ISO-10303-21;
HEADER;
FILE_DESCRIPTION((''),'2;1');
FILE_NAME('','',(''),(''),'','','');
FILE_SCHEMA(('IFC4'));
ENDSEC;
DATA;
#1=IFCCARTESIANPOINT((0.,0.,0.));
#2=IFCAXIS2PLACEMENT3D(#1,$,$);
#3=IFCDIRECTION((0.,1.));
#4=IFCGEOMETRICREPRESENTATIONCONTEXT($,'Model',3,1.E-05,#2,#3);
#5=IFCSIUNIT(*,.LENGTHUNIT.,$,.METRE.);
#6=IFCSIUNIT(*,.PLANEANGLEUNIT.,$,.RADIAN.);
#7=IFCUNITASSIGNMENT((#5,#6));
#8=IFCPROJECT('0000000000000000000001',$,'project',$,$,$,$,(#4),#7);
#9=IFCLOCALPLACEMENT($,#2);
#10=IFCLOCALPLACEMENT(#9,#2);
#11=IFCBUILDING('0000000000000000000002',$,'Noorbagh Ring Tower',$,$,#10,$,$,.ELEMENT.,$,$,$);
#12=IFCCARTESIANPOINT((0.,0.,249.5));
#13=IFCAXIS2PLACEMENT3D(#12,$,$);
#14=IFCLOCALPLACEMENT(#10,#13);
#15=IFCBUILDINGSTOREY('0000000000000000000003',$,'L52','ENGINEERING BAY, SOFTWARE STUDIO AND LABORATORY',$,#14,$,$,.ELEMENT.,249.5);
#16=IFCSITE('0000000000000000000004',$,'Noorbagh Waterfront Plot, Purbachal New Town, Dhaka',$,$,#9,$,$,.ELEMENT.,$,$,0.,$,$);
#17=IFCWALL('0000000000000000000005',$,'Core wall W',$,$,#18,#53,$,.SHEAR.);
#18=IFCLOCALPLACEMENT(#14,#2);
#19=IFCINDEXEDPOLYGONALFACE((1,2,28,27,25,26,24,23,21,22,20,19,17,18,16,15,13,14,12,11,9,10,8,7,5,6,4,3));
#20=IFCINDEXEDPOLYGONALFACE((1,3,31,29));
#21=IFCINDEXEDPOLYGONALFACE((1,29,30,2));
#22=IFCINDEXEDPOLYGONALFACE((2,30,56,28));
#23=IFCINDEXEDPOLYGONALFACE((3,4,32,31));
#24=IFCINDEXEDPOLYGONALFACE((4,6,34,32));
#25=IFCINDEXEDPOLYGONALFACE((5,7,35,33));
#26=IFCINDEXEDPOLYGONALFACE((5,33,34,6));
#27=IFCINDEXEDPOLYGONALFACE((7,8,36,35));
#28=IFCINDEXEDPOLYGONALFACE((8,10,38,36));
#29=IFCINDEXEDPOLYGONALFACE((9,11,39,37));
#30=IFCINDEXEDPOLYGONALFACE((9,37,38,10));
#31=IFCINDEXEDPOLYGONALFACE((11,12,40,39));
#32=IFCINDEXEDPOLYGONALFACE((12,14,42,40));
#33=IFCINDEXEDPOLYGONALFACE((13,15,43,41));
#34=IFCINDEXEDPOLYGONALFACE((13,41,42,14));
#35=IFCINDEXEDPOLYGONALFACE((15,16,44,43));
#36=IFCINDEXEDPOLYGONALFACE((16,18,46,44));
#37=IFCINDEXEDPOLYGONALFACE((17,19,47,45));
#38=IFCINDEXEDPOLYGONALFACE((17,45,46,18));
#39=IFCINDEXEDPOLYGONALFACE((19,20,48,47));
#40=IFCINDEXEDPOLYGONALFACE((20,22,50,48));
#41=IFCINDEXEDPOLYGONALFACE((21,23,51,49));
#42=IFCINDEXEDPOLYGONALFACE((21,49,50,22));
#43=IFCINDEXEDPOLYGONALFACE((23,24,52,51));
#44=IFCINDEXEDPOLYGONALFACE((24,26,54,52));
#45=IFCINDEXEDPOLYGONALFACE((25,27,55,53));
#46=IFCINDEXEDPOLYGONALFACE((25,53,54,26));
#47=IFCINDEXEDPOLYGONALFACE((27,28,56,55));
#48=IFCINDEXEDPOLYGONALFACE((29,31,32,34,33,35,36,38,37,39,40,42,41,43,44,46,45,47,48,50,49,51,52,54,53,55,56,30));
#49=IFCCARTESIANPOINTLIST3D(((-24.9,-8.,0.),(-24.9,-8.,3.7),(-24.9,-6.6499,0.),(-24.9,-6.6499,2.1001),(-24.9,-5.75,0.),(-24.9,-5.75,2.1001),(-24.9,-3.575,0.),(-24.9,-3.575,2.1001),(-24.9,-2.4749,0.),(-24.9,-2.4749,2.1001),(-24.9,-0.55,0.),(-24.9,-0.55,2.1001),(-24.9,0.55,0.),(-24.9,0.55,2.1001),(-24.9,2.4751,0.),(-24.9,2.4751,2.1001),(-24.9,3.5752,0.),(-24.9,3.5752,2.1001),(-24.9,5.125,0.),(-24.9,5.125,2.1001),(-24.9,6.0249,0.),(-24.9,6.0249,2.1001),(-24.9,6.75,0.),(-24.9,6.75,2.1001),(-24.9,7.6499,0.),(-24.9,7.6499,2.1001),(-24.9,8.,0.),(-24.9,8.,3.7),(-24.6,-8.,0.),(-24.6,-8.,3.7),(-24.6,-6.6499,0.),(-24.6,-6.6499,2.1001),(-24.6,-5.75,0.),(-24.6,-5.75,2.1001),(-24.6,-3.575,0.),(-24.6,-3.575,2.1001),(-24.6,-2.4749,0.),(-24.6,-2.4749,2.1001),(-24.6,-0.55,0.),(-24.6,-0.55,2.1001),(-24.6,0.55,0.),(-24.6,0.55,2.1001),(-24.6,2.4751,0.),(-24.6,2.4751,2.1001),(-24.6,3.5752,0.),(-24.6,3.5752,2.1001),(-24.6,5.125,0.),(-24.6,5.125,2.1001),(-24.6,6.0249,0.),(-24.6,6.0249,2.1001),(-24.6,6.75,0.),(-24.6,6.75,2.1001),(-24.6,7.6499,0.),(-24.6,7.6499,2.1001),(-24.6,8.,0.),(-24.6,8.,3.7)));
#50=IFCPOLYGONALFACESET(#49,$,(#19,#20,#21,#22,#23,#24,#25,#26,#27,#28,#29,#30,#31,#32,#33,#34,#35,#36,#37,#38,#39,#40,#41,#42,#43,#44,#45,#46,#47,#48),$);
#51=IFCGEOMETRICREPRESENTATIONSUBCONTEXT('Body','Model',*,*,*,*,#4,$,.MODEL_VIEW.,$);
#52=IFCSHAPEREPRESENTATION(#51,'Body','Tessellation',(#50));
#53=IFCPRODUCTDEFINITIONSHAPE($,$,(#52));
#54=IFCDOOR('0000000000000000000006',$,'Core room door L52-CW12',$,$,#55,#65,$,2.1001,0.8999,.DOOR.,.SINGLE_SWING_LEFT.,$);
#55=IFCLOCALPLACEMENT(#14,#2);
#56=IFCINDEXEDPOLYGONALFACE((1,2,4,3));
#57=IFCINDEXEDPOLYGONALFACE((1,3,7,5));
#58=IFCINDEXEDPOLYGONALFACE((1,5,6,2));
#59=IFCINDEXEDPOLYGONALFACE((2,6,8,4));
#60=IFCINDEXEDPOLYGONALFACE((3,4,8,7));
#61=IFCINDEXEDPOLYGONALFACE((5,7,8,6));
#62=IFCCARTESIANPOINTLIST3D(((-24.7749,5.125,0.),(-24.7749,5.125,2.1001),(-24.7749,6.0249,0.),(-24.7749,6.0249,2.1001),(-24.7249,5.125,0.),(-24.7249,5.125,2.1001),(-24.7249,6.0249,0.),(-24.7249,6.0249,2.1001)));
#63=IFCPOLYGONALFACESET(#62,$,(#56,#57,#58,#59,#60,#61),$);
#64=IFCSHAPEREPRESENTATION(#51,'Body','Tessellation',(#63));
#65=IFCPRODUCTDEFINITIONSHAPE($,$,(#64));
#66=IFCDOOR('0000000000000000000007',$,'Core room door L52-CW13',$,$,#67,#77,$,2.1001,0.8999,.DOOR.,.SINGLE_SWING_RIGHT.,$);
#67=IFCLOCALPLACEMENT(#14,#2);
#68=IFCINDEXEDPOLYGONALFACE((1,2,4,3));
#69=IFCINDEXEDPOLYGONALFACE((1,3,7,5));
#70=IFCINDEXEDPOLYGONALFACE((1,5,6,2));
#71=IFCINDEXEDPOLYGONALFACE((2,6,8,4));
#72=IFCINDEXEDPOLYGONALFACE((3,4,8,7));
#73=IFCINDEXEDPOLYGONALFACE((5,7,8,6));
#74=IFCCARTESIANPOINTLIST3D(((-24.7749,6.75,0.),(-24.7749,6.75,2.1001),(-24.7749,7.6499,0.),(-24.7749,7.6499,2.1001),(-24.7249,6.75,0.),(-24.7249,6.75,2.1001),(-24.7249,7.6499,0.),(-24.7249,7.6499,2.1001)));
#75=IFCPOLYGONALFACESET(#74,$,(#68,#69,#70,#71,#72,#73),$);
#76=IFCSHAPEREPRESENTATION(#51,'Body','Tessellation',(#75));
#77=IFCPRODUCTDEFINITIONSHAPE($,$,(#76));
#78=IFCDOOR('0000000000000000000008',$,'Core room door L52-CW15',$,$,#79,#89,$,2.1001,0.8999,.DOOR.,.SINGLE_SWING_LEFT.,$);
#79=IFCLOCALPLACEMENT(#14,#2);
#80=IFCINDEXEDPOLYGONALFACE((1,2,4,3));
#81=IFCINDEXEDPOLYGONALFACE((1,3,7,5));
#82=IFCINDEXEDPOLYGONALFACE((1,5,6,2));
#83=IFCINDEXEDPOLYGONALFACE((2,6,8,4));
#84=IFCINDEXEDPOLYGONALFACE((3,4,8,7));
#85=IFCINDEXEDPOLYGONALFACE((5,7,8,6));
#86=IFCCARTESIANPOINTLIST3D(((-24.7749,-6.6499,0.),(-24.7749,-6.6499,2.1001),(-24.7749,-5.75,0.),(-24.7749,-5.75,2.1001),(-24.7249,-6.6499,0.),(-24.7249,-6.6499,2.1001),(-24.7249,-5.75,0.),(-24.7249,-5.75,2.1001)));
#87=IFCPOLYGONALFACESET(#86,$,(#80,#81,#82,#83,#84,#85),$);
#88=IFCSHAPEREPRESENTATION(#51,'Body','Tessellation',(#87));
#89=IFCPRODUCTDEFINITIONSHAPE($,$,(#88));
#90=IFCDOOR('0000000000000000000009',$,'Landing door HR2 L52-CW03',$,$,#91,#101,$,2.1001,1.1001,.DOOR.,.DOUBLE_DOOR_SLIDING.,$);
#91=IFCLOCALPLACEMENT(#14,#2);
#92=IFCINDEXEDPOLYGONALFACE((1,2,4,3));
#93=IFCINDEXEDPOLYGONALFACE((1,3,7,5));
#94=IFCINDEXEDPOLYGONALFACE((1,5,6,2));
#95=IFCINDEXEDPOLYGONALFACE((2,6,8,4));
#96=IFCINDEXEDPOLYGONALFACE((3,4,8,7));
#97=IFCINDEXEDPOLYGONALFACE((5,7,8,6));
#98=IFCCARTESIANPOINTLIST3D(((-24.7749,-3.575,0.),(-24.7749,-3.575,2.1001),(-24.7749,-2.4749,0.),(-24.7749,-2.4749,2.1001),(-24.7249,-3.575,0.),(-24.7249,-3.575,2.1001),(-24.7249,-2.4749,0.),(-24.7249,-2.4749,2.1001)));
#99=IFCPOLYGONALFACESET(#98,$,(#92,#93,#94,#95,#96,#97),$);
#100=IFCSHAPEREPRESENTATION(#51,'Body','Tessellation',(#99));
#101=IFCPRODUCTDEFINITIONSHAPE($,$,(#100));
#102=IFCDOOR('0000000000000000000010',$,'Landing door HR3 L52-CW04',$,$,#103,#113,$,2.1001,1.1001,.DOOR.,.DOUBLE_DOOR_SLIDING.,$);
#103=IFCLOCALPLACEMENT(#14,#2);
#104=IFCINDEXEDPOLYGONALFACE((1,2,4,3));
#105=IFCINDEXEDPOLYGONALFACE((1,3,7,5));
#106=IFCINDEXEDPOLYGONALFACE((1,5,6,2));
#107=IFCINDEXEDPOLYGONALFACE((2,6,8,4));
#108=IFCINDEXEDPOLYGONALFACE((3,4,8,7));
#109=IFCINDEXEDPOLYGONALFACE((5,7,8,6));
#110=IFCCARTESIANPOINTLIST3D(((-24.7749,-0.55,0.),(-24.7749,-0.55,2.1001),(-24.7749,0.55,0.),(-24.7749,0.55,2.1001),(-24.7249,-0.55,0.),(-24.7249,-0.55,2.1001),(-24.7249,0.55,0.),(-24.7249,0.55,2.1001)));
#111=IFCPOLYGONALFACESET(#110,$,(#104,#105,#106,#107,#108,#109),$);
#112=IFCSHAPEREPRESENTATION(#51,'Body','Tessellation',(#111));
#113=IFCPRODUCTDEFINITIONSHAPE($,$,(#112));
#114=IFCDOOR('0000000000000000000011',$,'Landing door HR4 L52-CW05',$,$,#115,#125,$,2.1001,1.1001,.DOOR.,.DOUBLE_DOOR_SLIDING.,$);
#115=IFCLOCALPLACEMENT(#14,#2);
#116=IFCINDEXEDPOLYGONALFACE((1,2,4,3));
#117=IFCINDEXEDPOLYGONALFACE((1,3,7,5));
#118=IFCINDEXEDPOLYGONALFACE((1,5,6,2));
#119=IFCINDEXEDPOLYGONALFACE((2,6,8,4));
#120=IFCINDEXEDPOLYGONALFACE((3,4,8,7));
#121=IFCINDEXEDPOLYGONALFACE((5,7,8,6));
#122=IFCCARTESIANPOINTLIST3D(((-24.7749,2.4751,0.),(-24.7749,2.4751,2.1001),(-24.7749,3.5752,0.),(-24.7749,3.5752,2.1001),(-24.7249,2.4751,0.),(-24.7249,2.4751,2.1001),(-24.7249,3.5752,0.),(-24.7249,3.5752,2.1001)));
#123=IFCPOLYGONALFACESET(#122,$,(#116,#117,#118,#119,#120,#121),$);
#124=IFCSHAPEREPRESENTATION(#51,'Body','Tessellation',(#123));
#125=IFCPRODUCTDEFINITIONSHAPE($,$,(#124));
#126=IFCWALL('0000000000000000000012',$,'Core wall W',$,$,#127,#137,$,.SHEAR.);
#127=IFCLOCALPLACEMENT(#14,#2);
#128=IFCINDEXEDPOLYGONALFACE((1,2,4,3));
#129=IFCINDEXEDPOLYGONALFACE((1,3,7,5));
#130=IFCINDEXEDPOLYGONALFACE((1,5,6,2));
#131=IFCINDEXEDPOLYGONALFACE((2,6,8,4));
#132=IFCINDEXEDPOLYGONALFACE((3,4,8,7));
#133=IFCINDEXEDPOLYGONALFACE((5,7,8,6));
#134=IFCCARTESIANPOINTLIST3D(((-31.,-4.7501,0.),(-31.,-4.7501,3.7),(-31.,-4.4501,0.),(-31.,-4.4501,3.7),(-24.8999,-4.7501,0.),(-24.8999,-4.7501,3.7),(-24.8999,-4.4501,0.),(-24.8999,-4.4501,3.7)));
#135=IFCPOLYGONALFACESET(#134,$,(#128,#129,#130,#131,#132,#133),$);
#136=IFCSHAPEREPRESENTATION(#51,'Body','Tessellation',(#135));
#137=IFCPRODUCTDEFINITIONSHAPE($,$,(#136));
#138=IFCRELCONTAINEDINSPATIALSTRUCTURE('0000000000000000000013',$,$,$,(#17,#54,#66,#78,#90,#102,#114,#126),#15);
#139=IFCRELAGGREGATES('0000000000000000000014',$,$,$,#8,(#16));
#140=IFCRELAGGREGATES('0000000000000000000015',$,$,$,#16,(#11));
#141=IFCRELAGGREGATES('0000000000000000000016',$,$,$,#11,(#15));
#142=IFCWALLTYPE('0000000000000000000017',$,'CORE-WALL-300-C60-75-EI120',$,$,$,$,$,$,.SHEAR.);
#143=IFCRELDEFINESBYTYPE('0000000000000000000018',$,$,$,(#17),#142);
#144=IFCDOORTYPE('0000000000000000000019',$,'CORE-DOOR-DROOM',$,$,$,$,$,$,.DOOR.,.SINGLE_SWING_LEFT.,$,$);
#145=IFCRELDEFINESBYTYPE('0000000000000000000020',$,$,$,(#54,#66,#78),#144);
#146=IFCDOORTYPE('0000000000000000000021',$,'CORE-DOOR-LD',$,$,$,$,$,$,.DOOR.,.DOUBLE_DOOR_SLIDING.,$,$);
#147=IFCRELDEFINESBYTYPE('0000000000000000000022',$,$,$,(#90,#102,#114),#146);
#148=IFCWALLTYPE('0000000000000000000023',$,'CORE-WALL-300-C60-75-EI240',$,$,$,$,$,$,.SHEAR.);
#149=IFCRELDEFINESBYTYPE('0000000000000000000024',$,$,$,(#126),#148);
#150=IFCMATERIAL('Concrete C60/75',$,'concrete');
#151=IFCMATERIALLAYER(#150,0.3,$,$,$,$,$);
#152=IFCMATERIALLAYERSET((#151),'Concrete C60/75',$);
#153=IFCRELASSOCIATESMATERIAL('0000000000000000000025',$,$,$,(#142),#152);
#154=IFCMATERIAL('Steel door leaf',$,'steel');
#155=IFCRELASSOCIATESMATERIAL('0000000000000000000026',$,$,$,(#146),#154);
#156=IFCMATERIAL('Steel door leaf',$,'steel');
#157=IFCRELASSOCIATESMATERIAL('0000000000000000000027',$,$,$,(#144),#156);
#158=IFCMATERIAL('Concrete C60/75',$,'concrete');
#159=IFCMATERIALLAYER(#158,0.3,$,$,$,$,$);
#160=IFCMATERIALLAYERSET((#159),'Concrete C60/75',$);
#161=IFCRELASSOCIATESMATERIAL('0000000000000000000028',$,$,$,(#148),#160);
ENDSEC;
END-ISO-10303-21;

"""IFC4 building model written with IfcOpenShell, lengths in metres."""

from ifc_helpers import new_model, si_unit, direction, frame, frame_2d, origin, place, context, subcontext, project, spatial, rectangle, extrude, material, layer, layer_set, type_object, element, fill, save


model = new_model("IFC4")

# Units and contexts
model_context = context("Model", 3, precision=1e-05, world=origin(), true_north=direction((0.0, 1.0)))
body_context = subcontext(model_context, "Body", "Model", "MODEL_VIEW")
ifc_project = project(units=[si_unit("LENGTHUNIT", "METRE"), si_unit("PLANEANGLEUNIT", "RADIAN")], contexts=[model_context])

# Site, building, storey
site_placement = place(None, origin())
site = spatial("IfcSite", under=ifc_project, at=site_placement, Name="Noorbagh Waterfront Plot, Purbachal New Town, Dhaka", CompositionType="ELEMENT", RefElevation=0.0)
building_placement = place(site_placement, origin())
building = spatial("IfcBuilding", under=site, at=building_placement, Name="Noorbagh Ring Tower", CompositionType="ELEMENT")
storey_placement = place(building_placement, frame((0.0, 0.0, 249.5)))
storey = spatial("IfcBuildingStorey", under=building, at=storey_placement, Name="L52", Description="ENGINEERING BAY, SOFTWARE STUDIO AND LABORATORY", CompositionType="ELEMENT", Elevation=249.5)

# Shared definitions
ifc_material_1 = material(Name="Concrete C60/75", Category="concrete")
ifc_layer_1 = layer(ifc_material_1, 0.3)
ifc_layer_set_1 = layer_set([ifc_layer_1], Name="Concrete C60/75")
wall_type_1 = type_object("IfcWallType", Name="CORE-WALL-300-C60-75-EI120", PredefinedType="SHEAR", material=ifc_layer_set_1)

# Wall, openings, doors
ifc_material_2 = material(Name="Steel door leaf", Category="steel")
door_type_1 = type_object("IfcDoorType", Name="CORE-DOOR-LD", OperationType="DOUBLE_DOOR_SLIDING", PredefinedType="DOOR", material=ifc_material_2)
wall_1_placement = place(storey_placement, frame((-24.75, -8.0, 0.0), z_axis=(0.0, 0.0, 1.0), x_axis=(0.0, 1.0, 0.0)))
wall_1 = element("IfcWall", 1, at=wall_1_placement, inside=storey, type_object=wall_type_1, Name="Core wall W", PredefinedType="SHEAR", context=body_context, shape_type="SweptSolid", body=[
    extrude(rectangle(XDim=16.0, YDim=0.3, at=frame_2d((8.0, 0.0))), origin(), (0.0, 0.0, 1.0), 3.7),
])
opening_1_placement = place(wall_1_placement, frame((4.425, 0.0, 0.0)))
opening_1 = element("IfcOpeningElement", 2, at=opening_1_placement, cuts=wall_1, PredefinedType="OPENING", context=body_context, shape_type="SweptSolid", body=[
    extrude(rectangle(XDim=1.1001, YDim=2.1001, at=frame_2d((0.55, 1.05))), frame((0.0, 0.1602, 0.0), z_axis=(0.0, -1.0, 0.0), x_axis=(1.0, 0.0, 0.0)), (0.0, 0.0, 1.0), 0.3201),
])
opening_2_placement = place(wall_1_placement, frame((7.45, 0.0, 0.0)))
opening_2 = element("IfcOpeningElement", 3, at=opening_2_placement, cuts=wall_1, PredefinedType="OPENING", context=body_context, shape_type="SweptSolid", body=[
    extrude(rectangle(XDim=1.1001, YDim=2.1001, at=frame_2d((0.55, 1.05))), frame((0.0, 0.1602, 0.0), z_axis=(0.0, -1.0, 0.0), x_axis=(1.0, 0.0, 0.0)), (0.0, 0.0, 1.0), 0.3201),
])
opening_3_placement = place(wall_1_placement, frame((10.4751, 0.0, 0.0)))
opening_3 = element("IfcOpeningElement", 4, at=opening_3_placement, cuts=wall_1, PredefinedType="OPENING", context=body_context, shape_type="SweptSolid", body=[
    extrude(rectangle(XDim=1.1001, YDim=2.1001, at=frame_2d((0.55, 1.05))), frame((0.0, 0.1602, 0.0), z_axis=(0.0, -1.0, 0.0), x_axis=(1.0, 0.0, 0.0)), (0.0, 0.0, 1.0), 0.3201),
])
opening_4_placement = place(wall_1_placement, frame((13.125, 0.0, 0.0)))
opening_4 = element("IfcOpeningElement", 5, at=opening_4_placement, cuts=wall_1, PredefinedType="OPENING", context=body_context, shape_type="SweptSolid", body=[
    extrude(rectangle(XDim=0.8999, YDim=2.1001, at=frame_2d((0.45, 1.05))), frame((0.0, 0.1602, 0.0), z_axis=(0.0, -1.0, 0.0), x_axis=(1.0, 0.0, 0.0)), (0.0, 0.0, 1.0), 0.3201),
])
opening_5_placement = place(wall_1_placement, frame((14.75, 0.0, 0.0)))
opening_5 = element("IfcOpeningElement", 6, at=opening_5_placement, cuts=wall_1, PredefinedType="OPENING", context=body_context, shape_type="SweptSolid", body=[
    extrude(rectangle(XDim=0.8999, YDim=2.1001, at=frame_2d((0.45, 1.05))), frame((0.0, 0.1602, 0.0), z_axis=(0.0, -1.0, 0.0), x_axis=(1.0, 0.0, 0.0)), (0.0, 0.0, 1.0), 0.3201),
])
opening_6_placement = place(wall_1_placement, frame((1.3501, 0.0, 0.0)))
opening_6 = element("IfcOpeningElement", 7, at=opening_6_placement, cuts=wall_1, PredefinedType="OPENING", context=body_context, shape_type="SweptSolid", body=[
    extrude(rectangle(XDim=0.8999, YDim=2.1001, at=frame_2d((0.45, 1.05))), frame((0.0, 0.1602, 0.0), z_axis=(0.0, -1.0, 0.0), x_axis=(1.0, 0.0, 0.0)), (0.0, 0.0, 1.0), 0.3201),
])
ifc_material_3 = material(Name="Steel door leaf", Category="steel")
door_type_2 = type_object("IfcDoorType", Name="CORE-DOOR-DROOM", OperationType="SINGLE_SWING_LEFT", PredefinedType="DOOR", material=ifc_material_3)
door_1_placement = place(opening_4_placement, origin())
door_1 = element("IfcDoor", 8, at=door_1_placement, inside=storey, type_object=door_type_2, Name="Core room door L52-CW12", OperationType="SINGLE_SWING_LEFT", OverallHeight=2.1001, OverallWidth=0.8999, PredefinedType="DOOR", context=body_context, shape_type="SweptSolid", body=[
    extrude(rectangle(XDim=0.8999, YDim=2.1001, at=frame_2d((0.45, 1.05))), frame((0.0, 0.0249, 0.0), z_axis=(0.0, -1.0, 0.0), x_axis=(1.0, 0.0, 0.0)), (0.0, 0.0, 1.0), 0.05),
])
fill(opening_4, door_1)
door_2_placement = place(opening_5_placement, origin())
door_2 = element("IfcDoor", 9, at=door_2_placement, inside=storey, type_object=door_type_2, Name="Core room door L52-CW13", OperationType="SINGLE_SWING_RIGHT", OverallHeight=2.1001, OverallWidth=0.8999, PredefinedType="DOOR", context=body_context, shape_type="SweptSolid", body=[
    extrude(rectangle(XDim=0.8999, YDim=2.1001, at=frame_2d((0.45, 1.05))), frame((0.0, 0.0249, 0.0), z_axis=(0.0, -1.0, 0.0), x_axis=(1.0, 0.0, 0.0)), (0.0, 0.0, 1.0), 0.05),
])
fill(opening_5, door_2)
door_3_placement = place(opening_6_placement, origin())
door_3 = element("IfcDoor", 10, at=door_3_placement, inside=storey, type_object=door_type_2, Name="Core room door L52-CW15", OperationType="SINGLE_SWING_LEFT", OverallHeight=2.1001, OverallWidth=0.8999, PredefinedType="DOOR", context=body_context, shape_type="SweptSolid", body=[
    extrude(rectangle(XDim=0.8999, YDim=2.1001, at=frame_2d((0.45, 1.05))), frame((0.0, 0.0249, 0.0), z_axis=(0.0, -1.0, 0.0), x_axis=(1.0, 0.0, 0.0)), (0.0, 0.0, 1.0), 0.05),
])
fill(opening_6, door_3)
door_4_placement = place(opening_1_placement, origin())
door_4 = element("IfcDoor", 11, at=door_4_placement, inside=storey, type_object=door_type_1, Name="Landing door HR2 L52-CW03", OperationType="DOUBLE_DOOR_SLIDING", OverallHeight=2.1001, OverallWidth=1.1001, PredefinedType="DOOR", context=body_context, shape_type="SweptSolid", body=[
    extrude(rectangle(XDim=1.1001, YDim=2.1001, at=frame_2d((0.55, 1.05))), frame((0.0, 0.0249, 0.0), z_axis=(0.0, -1.0, 0.0), x_axis=(1.0, 0.0, 0.0)), (0.0, 0.0, 1.0), 0.05),
])
fill(opening_1, door_4)
door_5_placement = place(opening_2_placement, origin())
door_5 = element("IfcDoor", 12, at=door_5_placement, inside=storey, type_object=door_type_1, Name="Landing door HR3 L52-CW04", OperationType="DOUBLE_DOOR_SLIDING", OverallHeight=2.1001, OverallWidth=1.1001, PredefinedType="DOOR", context=body_context, shape_type="SweptSolid", body=[
    extrude(rectangle(XDim=1.1001, YDim=2.1001, at=frame_2d((0.55, 1.05))), frame((0.0, 0.0249, 0.0), z_axis=(0.0, -1.0, 0.0), x_axis=(1.0, 0.0, 0.0)), (0.0, 0.0, 1.0), 0.05),
])
fill(opening_2, door_5)
door_6_placement = place(opening_3_placement, origin())
door_6 = element("IfcDoor", 13, at=door_6_placement, inside=storey, type_object=door_type_1, Name="Landing door HR4 L52-CW05", OperationType="DOUBLE_DOOR_SLIDING", OverallHeight=2.1001, OverallWidth=1.1001, PredefinedType="DOOR", context=body_context, shape_type="SweptSolid", body=[
    extrude(rectangle(XDim=1.1001, YDim=2.1001, at=frame_2d((0.55, 1.05))), frame((0.0, 0.0249, 0.0), z_axis=(0.0, -1.0, 0.0), x_axis=(1.0, 0.0, 0.0)), (0.0, 0.0, 1.0), 0.05),
])
fill(opening_3, door_6)

# Wall
ifc_material_4 = material(Name="Concrete C60/75", Category="concrete")
ifc_layer_2 = layer(ifc_material_4, 0.3)
ifc_layer_set_2 = layer_set([ifc_layer_2], Name="Concrete C60/75")
wall_type_2 = type_object("IfcWallType", Name="CORE-WALL-300-C60-75-EI240", PredefinedType="SHEAR", material=ifc_layer_set_2)
wall_2_placement = place(storey_placement, frame((-24.8999, -4.6001, 0.0), z_axis=(0.0, 0.0, 1.0), x_axis=(-1.0, 0.0, 0.0)))
element("IfcWall", 14, at=wall_2_placement, inside=storey, type_object=wall_type_2, Name="Core wall W", PredefinedType="SHEAR", context=body_context, shape_type="SweptSolid", body=[
    extrude(rectangle(XDim=6.1001, YDim=0.3, at=frame_2d((3.05, 0.0))), origin(), (0.0, 0.0, 1.0), 3.7),
])

save(model, "model.ifc")
